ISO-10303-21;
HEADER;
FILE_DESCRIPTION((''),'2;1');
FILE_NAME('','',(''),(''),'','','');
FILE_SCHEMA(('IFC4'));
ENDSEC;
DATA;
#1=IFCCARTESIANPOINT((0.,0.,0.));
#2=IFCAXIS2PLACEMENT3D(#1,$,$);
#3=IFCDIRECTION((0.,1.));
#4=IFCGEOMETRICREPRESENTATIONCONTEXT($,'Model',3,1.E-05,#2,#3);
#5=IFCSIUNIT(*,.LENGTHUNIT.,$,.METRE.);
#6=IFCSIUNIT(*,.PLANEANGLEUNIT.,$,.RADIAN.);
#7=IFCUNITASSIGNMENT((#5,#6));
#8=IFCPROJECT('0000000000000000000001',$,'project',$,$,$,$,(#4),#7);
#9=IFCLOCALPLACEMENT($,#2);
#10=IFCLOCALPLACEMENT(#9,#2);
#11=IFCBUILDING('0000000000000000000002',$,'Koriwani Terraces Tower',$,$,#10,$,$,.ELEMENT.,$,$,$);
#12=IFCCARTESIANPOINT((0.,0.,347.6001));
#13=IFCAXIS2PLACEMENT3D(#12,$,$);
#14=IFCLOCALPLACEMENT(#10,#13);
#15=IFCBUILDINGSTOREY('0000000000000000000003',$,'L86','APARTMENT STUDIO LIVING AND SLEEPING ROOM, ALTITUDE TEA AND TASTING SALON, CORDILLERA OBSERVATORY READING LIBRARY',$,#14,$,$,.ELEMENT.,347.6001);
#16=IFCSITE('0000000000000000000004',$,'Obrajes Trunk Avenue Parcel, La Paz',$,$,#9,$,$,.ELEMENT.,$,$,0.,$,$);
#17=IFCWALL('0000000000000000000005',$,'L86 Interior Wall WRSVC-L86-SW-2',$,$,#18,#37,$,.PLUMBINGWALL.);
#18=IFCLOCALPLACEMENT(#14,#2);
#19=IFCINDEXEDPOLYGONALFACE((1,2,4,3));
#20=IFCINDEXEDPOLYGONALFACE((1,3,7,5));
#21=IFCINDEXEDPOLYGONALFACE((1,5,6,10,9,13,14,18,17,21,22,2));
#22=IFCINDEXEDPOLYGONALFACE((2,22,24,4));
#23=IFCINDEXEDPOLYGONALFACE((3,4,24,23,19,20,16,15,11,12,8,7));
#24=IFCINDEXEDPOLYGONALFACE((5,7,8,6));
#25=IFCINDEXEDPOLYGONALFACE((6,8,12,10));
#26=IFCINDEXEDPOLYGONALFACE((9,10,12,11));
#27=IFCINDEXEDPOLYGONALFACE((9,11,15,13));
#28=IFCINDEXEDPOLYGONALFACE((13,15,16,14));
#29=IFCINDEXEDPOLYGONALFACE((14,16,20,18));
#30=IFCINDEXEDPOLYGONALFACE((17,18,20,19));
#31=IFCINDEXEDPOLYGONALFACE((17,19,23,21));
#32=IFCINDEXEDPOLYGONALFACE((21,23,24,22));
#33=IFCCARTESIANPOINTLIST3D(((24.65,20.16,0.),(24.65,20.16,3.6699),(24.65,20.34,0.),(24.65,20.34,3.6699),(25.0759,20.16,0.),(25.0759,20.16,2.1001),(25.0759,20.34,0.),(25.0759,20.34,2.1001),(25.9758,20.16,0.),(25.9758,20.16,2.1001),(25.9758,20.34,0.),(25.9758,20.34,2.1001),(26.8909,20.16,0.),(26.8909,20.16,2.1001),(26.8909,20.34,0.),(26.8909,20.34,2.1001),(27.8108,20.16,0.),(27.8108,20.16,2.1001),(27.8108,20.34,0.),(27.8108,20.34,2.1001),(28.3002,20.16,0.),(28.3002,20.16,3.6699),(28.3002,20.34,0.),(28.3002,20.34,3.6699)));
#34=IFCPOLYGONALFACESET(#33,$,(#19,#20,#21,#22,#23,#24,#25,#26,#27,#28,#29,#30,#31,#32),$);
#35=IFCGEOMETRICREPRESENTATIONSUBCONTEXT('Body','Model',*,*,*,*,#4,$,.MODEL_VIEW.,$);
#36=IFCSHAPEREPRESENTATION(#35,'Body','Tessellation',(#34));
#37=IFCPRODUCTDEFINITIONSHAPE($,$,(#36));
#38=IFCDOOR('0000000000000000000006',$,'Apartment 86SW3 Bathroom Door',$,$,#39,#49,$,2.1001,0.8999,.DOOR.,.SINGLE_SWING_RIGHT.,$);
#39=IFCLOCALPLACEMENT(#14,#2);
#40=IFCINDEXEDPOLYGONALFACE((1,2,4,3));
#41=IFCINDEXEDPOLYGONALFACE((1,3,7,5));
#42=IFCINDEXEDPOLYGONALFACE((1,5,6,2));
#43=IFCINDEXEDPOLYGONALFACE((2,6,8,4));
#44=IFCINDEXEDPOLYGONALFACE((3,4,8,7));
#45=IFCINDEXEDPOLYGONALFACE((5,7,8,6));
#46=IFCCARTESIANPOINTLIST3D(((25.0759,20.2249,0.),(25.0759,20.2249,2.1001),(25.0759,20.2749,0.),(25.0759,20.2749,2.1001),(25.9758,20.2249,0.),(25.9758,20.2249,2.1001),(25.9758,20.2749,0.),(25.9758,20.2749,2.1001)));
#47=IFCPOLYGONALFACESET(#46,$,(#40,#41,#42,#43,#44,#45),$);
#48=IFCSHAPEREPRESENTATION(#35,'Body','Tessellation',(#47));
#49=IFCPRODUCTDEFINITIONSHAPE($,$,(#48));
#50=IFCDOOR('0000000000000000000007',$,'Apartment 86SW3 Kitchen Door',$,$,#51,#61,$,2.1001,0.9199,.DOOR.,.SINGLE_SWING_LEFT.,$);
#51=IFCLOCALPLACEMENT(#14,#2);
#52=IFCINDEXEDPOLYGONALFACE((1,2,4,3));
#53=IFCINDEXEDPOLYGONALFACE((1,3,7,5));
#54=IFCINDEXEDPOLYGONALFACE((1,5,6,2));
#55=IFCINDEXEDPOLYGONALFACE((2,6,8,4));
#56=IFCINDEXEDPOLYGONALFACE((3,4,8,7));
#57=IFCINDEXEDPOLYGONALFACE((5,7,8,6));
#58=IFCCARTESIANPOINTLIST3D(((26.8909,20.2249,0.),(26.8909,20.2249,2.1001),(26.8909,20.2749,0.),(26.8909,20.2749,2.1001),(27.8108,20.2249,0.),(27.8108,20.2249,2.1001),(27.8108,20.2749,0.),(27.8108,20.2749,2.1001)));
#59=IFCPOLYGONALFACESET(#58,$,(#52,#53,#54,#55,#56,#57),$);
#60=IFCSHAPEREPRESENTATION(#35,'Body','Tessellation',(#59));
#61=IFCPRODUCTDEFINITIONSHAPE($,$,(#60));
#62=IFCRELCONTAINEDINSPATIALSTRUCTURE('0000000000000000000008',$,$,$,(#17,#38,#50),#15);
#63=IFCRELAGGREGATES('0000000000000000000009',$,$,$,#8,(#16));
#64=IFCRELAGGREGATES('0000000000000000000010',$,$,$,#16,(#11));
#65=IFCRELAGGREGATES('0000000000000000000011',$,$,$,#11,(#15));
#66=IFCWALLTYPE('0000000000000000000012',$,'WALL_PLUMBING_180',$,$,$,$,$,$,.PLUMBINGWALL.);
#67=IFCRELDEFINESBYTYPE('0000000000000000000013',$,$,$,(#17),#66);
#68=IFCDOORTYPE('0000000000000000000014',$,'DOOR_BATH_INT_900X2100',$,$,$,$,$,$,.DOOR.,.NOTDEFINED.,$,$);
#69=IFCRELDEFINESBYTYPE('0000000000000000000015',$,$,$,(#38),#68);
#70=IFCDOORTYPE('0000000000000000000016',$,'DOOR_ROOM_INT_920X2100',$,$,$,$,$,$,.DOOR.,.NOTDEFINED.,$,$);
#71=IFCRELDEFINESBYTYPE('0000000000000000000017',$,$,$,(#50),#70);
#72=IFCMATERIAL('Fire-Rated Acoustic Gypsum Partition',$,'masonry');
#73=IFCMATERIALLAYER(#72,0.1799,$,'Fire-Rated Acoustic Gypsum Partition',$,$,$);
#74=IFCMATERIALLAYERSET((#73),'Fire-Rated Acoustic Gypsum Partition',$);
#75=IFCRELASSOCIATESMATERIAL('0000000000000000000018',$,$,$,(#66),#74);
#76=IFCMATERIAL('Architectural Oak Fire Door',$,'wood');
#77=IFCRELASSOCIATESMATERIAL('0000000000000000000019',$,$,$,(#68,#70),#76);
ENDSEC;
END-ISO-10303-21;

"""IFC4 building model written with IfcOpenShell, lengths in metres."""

from ifc_helpers import new_model, si_unit, direction, frame, frame_2d, origin, place, context, subcontext, project, spatial, rectangle, extrude, material, layer, layer_set, type_object, element, fill, save


model = new_model("IFC4")

# Units and contexts
model_context = context("Model", 3, precision=1e-05, world=origin(), true_north=direction((0.0, 1.0)))
body_context = subcontext(model_context, "Body", "Model", "MODEL_VIEW")
ifc_project = project(units=[si_unit("LENGTHUNIT", "METRE"), si_unit("PLANEANGLEUNIT", "RADIAN")], contexts=[model_context])

# Site, building, storey
site_placement = place(None, origin())
site = spatial("IfcSite", under=ifc_project, at=site_placement, Name="Obrajes Trunk Avenue Parcel, La Paz", CompositionType="ELEMENT", RefElevation=0.0)
building_placement = place(site_placement, origin())
building = spatial("IfcBuilding", under=site, at=building_placement, Name="Koriwani Terraces Tower", CompositionType="ELEMENT")
storey_placement = place(building_placement, frame((0.0, 0.0, 347.6001)))
storey = spatial("IfcBuildingStorey", under=building, at=storey_placement, Name="L86", Description="APARTMENT STUDIO LIVING AND SLEEPING ROOM, ALTITUDE TEA AND TASTING SALON, CORDILLERA OBSERVATORY READING LIBRARY", CompositionType="ELEMENT", Elevation=347.6001)

# Shared definitions
ifc_material_1 = material(Name="Architectural Oak Fire Door", Category="wood")

# Wall, openings, doors
ifc_material_2 = material(Name="Fire-Rated Acoustic Gypsum Partition", Category="masonry")
ifc_layer_1 = layer(ifc_material_2, 0.1799, Name="Fire-Rated Acoustic Gypsum Partition")
ifc_layer_set_1 = layer_set([ifc_layer_1], Name="Fire-Rated Acoustic Gypsum Partition")
wall_type_1 = type_object("IfcWallType", Name="WALL_PLUMBING_180", PredefinedType="PLUMBINGWALL", material=ifc_layer_set_1)
wall_1_placement = place(storey_placement, frame((24.6499, 20.25, 0.0), z_axis=(0.0, 0.0, 1.0), x_axis=(1.0, 0.0, 0.0)))
wall_1 = element("IfcWall", 1, at=wall_1_placement, inside=storey, type_object=wall_type_1, Name="L86 Interior Wall WRSVC-L86-SW-2", PredefinedType="PLUMBINGWALL", context=body_context, shape_type="SweptSolid", body=[
    extrude(rectangle(XDim=3.6501, YDim=0.1799, at=frame_2d((1.8252, 0.0))), origin(), (0.0, 0.0, 1.0), 3.6699),
])
opening_1_placement = place(wall_1_placement, frame((0.426, 0.0, 0.0)))
opening_1 = element("IfcOpeningElement", 2, at=opening_1_placement, cuts=wall_1, PredefinedType="OPENING", context=body_context, shape_type="SweptSolid", body=[
    extrude(rectangle(XDim=0.8999, YDim=2.1001, at=frame_2d((0.45, 1.05))), frame((0.0, 0.1001, 0.0), z_axis=(0.0, -1.0, 0.0), x_axis=(1.0, 0.0, 0.0)), (0.0, 0.0, 1.0), 0.2),
])
opening_2_placement = place(wall_1_placement, frame((2.241, 0.0, 0.0)))
opening_2 = element("IfcOpeningElement", 3, at=opening_2_placement, cuts=wall_1, PredefinedType="OPENING", context=body_context, shape_type="SweptSolid", body=[
    extrude(rectangle(XDim=0.9199, YDim=2.1001, at=frame_2d((0.46, 1.05))), frame((0.0, 0.1001, 0.0), z_axis=(0.0, -1.0, 0.0), x_axis=(1.0, 0.0, 0.0)), (0.0, 0.0, 1.0), 0.2),
])
door_type_1 = type_object("IfcDoorType", Name="DOOR_BATH_INT_900X2100", OperationType="NOTDEFINED", PredefinedType="DOOR", material=ifc_material_1)
door_1_placement = place(opening_1_placement, origin())
door_1 = element("IfcDoor", 4, at=door_1_placement, inside=storey, type_object=door_type_1, Name="Apartment 86SW3 Bathroom Door", OperationType="SINGLE_SWING_RIGHT", OverallHeight=2.1001, OverallWidth=0.8999, PredefinedType="DOOR", context=body_context, shape_type="SweptSolid", body=[
    extrude(rectangle(XDim=0.8999, YDim=2.1001, at=frame_2d((0.45, 1.05))), frame((0.0, 0.0249, 0.0), z_axis=(0.0, -1.0, 0.0), x_axis=(1.0, 0.0, 0.0)), (0.0, 0.0, 1.0), 0.05),
])
fill(opening_1, door_1)
door_type_2 = type_object("IfcDoorType", Name="DOOR_ROOM_INT_920X2100", OperationType="NOTDEFINED", PredefinedType="DOOR", material=ifc_material_1)
door_2_placement = place(opening_2_placement, origin())
door_2 = element("IfcDoor", 5, at=door_2_placement, inside=storey, type_object=door_type_2, Name="Apartment 86SW3 Kitchen Door", OperationType="SINGLE_SWING_LEFT", OverallHeight=2.1001, OverallWidth=0.9199, PredefinedType="DOOR", context=body_context, shape_type="SweptSolid", body=[
    extrude(rectangle(XDim=0.9199, YDim=2.1001, at=frame_2d((0.46, 1.05))), frame((0.0, 0.0249, 0.0), z_axis=(0.0, -1.0, 0.0), x_axis=(1.0, 0.0, 0.0)), (0.0, 0.0, 1.0), 0.05),
])
fill(opening_2, door_2)

save(model, "model.ifc")
